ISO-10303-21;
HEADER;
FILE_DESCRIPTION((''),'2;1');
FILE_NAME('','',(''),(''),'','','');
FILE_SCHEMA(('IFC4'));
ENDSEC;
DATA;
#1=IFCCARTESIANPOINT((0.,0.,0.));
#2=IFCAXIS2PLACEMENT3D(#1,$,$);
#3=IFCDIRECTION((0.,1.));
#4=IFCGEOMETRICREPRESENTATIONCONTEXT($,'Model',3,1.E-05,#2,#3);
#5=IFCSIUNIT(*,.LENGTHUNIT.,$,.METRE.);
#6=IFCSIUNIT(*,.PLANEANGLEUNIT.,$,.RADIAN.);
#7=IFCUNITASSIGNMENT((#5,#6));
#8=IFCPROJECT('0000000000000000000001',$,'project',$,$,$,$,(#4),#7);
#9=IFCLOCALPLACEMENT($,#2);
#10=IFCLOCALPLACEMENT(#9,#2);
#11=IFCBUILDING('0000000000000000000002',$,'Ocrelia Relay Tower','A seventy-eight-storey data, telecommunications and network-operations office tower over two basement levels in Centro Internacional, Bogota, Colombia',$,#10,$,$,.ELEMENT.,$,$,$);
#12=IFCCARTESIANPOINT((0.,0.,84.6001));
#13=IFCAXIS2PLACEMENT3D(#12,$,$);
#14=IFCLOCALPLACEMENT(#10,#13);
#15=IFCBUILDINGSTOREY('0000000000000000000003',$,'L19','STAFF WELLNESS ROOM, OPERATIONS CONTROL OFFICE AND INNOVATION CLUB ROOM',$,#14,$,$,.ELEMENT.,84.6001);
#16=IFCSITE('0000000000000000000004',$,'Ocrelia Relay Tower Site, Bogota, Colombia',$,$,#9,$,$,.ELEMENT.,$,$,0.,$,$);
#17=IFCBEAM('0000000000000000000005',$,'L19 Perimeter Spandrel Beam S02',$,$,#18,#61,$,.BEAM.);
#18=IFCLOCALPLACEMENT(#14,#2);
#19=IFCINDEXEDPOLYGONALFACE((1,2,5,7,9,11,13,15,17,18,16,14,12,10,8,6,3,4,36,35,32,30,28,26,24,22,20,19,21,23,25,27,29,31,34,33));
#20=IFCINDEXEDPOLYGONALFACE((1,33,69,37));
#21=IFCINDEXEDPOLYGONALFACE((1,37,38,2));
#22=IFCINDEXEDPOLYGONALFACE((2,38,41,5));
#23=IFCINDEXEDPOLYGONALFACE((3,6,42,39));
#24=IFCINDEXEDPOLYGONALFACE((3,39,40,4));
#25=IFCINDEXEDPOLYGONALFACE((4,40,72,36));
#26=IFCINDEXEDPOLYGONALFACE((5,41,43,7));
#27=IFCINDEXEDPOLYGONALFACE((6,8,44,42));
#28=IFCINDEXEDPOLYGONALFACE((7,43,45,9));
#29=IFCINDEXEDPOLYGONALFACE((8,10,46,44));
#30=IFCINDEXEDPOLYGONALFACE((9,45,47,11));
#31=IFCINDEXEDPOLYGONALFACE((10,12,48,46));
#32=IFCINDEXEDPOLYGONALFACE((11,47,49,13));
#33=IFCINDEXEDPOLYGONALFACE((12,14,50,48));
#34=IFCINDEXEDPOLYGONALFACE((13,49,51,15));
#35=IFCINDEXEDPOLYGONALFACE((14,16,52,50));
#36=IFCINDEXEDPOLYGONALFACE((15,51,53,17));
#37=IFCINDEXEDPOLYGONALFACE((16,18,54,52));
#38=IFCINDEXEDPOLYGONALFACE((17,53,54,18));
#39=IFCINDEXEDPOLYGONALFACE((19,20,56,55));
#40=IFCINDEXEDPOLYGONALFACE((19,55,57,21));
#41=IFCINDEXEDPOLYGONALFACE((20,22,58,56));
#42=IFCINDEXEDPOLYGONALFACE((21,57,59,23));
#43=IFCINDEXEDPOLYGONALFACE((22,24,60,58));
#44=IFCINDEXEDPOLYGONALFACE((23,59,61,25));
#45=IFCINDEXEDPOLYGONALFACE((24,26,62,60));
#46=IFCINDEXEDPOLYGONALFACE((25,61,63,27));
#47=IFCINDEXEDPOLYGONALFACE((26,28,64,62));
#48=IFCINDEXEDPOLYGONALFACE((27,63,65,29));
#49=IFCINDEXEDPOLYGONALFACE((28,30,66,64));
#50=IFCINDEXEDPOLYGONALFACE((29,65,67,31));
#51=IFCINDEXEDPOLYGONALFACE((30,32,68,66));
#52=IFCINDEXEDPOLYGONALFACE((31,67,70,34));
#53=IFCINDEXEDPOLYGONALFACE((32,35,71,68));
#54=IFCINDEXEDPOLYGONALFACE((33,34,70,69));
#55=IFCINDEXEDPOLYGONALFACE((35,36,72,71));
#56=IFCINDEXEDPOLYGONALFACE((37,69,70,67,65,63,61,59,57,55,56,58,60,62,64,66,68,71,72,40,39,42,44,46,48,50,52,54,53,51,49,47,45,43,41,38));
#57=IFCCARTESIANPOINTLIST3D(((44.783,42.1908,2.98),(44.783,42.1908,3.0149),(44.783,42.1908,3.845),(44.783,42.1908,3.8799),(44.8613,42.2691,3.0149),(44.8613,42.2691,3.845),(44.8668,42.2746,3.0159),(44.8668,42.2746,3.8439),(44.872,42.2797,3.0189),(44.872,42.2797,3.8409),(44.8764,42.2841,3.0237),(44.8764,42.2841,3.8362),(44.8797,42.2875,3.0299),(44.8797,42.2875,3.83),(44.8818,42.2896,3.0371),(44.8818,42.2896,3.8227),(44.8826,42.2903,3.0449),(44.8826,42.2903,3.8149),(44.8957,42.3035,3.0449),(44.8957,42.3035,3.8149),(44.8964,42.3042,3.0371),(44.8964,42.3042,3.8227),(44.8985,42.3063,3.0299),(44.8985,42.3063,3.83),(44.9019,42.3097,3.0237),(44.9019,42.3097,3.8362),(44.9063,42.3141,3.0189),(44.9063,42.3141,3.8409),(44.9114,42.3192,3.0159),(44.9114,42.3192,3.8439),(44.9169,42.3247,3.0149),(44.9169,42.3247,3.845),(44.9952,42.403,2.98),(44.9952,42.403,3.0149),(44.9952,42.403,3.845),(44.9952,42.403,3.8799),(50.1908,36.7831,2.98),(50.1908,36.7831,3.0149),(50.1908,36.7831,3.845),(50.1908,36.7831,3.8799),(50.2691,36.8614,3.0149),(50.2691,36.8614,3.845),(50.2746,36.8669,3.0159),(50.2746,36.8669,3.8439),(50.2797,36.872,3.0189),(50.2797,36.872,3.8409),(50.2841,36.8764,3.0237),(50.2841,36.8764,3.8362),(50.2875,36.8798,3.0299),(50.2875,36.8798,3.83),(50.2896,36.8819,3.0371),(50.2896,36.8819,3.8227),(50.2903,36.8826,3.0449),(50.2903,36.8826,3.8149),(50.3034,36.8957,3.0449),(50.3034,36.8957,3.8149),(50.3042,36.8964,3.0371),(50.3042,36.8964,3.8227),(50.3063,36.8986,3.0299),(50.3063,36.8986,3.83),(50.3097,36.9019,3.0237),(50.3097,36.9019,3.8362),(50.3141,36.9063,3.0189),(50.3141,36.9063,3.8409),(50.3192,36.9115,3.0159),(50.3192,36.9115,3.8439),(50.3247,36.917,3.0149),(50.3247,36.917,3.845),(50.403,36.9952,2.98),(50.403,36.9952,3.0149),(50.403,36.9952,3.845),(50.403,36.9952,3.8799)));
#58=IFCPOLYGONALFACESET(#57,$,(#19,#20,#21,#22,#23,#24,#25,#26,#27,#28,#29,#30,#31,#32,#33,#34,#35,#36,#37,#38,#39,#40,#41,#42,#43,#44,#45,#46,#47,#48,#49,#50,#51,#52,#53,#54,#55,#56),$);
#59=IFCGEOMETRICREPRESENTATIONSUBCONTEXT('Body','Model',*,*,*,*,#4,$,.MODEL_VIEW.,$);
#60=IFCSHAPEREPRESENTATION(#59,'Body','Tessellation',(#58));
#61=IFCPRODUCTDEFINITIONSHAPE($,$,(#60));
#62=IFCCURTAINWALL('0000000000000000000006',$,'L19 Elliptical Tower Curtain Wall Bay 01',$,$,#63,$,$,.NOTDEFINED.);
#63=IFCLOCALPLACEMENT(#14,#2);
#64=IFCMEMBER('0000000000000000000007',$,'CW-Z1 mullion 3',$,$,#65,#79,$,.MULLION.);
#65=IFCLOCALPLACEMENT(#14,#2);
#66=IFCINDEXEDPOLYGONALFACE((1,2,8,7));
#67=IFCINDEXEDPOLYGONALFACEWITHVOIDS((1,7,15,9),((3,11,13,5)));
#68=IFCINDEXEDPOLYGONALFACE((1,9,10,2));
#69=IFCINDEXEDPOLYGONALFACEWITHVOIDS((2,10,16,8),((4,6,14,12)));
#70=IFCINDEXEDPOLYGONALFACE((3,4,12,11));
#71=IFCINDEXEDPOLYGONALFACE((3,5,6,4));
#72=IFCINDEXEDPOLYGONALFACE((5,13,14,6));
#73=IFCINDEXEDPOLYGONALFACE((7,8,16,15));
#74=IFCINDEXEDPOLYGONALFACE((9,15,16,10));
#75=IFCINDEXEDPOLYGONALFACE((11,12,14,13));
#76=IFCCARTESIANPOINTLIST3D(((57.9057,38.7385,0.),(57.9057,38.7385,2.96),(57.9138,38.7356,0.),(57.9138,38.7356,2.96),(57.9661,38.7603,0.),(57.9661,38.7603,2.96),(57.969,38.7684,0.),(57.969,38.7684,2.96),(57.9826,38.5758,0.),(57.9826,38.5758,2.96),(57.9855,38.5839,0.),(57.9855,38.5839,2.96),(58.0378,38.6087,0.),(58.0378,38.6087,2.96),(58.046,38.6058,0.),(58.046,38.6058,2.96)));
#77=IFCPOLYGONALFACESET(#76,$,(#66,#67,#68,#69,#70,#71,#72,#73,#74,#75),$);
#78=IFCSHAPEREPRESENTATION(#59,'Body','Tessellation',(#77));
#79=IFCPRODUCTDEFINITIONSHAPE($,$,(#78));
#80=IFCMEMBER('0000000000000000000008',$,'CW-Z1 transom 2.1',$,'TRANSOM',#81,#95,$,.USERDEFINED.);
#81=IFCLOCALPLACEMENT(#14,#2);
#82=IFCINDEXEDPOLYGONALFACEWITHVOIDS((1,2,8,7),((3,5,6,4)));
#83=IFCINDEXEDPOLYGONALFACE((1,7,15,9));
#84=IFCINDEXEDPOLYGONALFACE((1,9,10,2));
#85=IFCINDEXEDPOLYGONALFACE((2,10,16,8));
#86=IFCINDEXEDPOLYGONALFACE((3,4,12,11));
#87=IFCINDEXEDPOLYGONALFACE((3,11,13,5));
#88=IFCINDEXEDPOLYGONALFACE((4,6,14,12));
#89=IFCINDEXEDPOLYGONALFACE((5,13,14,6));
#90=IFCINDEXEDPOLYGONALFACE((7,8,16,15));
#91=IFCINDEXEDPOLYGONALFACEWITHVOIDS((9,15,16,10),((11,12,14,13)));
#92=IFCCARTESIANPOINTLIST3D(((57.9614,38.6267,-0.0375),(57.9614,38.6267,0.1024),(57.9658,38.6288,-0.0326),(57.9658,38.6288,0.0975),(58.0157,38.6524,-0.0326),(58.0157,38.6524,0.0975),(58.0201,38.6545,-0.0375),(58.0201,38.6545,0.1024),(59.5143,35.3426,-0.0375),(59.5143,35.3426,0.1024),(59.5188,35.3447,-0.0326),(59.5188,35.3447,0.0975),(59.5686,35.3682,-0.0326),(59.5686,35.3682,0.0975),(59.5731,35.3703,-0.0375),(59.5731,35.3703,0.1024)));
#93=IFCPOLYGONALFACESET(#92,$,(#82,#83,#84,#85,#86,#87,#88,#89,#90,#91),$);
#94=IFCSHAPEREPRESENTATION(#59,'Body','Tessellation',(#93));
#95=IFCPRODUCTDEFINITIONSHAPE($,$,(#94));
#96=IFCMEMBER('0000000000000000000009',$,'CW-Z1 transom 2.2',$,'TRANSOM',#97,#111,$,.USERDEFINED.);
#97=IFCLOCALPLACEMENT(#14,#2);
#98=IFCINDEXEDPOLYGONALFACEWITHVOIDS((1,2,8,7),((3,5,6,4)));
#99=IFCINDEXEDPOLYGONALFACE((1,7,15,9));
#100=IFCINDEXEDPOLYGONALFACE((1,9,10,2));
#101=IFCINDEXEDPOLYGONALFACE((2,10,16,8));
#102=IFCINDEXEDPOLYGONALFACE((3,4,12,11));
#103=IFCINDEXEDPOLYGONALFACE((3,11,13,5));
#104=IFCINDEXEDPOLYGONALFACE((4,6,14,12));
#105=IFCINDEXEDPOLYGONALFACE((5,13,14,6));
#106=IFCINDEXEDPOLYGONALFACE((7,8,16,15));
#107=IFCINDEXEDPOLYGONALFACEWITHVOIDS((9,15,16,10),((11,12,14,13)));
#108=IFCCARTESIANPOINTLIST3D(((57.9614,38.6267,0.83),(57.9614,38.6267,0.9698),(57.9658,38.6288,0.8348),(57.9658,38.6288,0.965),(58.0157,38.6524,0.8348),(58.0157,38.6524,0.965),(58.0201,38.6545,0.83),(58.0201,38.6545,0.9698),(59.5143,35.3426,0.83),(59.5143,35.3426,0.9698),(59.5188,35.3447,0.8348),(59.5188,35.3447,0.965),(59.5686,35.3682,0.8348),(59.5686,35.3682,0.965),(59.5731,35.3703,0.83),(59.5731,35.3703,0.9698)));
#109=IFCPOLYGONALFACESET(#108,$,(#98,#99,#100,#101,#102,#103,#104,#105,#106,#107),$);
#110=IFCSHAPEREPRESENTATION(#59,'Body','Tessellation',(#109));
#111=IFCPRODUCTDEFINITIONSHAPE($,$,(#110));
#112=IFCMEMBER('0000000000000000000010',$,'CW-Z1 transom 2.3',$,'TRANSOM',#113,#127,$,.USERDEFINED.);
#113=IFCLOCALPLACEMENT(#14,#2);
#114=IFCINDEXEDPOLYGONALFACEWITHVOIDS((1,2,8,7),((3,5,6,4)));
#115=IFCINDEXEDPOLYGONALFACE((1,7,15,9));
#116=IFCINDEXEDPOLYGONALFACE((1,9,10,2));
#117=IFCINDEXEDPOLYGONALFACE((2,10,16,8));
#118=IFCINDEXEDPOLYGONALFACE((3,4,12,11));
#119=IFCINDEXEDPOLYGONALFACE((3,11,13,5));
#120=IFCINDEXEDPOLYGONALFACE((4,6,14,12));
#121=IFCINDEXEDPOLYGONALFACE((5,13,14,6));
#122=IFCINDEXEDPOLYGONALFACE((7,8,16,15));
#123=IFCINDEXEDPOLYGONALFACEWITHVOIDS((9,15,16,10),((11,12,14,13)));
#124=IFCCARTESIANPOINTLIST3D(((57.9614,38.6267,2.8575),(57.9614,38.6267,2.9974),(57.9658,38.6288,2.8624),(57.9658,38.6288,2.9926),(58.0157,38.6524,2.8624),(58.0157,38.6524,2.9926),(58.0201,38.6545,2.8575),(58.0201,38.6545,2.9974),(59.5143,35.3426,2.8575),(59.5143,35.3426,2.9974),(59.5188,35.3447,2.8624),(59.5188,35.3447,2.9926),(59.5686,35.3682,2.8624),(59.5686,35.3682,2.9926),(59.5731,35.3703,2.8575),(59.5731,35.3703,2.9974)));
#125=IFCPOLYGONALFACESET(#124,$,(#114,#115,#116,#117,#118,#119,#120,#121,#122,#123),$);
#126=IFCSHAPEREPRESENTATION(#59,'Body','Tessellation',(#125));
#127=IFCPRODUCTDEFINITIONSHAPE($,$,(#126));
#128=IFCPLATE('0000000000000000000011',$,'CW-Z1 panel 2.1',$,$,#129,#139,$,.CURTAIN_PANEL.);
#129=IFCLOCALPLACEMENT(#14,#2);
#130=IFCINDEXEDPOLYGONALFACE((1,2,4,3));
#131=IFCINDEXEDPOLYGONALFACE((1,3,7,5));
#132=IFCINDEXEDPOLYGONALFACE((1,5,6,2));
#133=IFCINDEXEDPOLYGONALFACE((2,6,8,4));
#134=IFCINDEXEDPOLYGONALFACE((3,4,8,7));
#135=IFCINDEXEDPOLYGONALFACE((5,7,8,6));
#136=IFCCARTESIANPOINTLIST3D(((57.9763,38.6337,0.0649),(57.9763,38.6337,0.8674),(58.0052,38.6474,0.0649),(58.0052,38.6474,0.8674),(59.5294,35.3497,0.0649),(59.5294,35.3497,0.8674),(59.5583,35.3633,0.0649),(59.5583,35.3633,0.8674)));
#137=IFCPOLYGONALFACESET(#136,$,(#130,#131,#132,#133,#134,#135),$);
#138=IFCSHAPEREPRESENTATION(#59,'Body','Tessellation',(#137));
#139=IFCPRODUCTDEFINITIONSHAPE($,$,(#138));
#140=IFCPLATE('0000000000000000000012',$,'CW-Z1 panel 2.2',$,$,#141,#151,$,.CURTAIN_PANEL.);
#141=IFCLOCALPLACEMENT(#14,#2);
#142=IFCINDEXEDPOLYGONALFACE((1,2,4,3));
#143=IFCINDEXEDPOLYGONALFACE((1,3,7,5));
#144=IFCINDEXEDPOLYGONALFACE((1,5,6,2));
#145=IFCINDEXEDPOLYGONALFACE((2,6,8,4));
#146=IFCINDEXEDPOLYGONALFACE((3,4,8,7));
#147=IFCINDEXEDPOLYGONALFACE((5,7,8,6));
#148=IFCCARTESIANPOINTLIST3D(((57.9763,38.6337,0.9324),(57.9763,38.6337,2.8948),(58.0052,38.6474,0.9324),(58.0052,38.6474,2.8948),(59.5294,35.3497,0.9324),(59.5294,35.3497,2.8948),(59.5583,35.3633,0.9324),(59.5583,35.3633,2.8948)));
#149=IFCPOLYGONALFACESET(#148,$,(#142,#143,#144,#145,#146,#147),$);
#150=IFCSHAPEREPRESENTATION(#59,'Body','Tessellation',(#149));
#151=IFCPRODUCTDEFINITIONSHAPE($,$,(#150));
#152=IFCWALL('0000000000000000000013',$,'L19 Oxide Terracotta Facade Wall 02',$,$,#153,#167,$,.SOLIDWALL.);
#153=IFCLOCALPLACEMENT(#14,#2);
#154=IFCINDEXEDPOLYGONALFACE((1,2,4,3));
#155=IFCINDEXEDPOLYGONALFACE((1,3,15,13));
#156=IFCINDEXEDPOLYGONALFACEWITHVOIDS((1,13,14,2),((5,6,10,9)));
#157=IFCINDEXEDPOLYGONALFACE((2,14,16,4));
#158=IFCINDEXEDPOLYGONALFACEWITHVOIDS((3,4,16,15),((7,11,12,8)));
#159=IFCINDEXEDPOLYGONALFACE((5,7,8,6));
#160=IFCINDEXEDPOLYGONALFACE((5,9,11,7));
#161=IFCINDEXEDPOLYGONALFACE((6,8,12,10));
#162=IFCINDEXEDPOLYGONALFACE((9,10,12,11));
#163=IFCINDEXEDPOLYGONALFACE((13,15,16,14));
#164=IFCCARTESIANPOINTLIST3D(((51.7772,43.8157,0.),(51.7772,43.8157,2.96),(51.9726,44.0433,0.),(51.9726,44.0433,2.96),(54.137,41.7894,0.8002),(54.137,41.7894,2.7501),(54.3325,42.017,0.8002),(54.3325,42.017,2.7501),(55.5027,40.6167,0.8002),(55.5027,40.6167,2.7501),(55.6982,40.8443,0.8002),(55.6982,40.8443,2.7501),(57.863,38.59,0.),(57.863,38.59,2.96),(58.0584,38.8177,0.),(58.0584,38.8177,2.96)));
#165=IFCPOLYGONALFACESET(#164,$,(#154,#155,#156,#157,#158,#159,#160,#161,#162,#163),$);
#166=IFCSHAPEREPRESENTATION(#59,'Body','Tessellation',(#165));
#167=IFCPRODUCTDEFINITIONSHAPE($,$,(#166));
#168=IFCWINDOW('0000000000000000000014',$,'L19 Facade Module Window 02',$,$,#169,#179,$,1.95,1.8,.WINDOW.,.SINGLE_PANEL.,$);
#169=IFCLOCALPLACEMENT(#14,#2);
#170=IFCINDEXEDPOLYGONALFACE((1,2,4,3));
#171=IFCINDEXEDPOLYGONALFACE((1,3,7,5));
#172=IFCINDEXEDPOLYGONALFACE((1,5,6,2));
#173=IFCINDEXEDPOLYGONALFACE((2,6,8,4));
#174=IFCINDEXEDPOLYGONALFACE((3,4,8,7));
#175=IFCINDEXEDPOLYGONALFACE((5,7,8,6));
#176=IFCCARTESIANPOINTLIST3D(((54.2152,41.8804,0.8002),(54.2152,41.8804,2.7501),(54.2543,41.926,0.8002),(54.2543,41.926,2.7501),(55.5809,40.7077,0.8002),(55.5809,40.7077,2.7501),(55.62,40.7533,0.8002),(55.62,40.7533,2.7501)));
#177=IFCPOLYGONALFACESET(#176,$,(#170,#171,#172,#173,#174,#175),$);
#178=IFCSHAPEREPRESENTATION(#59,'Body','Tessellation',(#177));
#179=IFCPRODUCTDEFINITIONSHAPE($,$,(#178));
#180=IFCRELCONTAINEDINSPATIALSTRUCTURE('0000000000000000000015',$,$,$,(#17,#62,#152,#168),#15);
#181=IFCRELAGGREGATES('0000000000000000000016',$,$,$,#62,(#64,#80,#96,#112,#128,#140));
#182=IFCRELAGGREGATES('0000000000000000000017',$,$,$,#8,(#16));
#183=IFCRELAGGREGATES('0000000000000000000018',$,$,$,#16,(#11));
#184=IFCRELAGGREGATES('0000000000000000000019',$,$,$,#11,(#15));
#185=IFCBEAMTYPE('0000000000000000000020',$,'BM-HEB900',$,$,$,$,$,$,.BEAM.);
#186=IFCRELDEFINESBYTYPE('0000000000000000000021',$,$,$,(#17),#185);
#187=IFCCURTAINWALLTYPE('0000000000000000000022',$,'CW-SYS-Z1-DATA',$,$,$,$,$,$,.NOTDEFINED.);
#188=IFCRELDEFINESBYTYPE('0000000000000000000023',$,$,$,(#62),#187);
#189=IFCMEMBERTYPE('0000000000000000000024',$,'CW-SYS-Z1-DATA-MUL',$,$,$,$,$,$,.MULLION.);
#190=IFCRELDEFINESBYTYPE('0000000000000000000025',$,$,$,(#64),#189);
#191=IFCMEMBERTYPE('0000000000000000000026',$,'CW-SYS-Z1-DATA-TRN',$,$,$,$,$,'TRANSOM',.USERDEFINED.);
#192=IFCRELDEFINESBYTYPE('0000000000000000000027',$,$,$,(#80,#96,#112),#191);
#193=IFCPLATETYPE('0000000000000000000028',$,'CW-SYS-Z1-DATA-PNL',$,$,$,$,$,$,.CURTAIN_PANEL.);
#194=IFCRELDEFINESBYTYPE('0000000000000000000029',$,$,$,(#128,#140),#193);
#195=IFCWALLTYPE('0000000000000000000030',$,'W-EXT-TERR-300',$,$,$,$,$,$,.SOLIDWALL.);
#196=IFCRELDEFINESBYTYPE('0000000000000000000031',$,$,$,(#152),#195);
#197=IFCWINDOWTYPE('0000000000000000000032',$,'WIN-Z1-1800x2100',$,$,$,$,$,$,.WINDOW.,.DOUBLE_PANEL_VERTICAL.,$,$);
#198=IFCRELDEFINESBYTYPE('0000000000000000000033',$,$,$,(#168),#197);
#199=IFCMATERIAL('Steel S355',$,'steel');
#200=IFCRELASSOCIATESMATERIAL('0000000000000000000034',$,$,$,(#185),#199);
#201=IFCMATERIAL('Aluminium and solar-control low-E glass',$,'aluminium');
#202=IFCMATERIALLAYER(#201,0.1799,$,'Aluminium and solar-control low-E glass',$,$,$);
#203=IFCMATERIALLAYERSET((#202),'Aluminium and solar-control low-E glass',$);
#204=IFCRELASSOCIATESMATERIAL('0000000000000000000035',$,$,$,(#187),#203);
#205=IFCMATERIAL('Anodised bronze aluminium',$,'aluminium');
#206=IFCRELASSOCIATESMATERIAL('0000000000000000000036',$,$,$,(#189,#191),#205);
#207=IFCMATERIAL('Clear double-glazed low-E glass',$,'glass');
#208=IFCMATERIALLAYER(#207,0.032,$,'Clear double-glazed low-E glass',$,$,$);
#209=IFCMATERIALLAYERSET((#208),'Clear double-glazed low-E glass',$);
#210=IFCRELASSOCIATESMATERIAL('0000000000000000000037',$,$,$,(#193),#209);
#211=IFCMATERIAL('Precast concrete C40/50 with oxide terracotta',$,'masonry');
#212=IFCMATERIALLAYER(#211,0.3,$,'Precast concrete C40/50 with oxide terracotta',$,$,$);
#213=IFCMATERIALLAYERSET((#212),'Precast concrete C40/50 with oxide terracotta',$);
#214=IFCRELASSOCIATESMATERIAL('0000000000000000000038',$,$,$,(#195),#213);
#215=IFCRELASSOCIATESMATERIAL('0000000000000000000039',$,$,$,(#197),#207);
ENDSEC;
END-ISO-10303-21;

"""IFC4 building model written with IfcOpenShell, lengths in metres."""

from ifc_helpers import new_model, si_unit, direction, frame, frame_2d, origin, origin_2d, place, context, subcontext, project, spatial, rectangle, hollow_rectangle, i_section, extrude, material, layer, layer_set, material_profile, profile_set, type_object, element, fill, aggregate, save


model = new_model("IFC4")

# Units and contexts
model_context = context("Model", 3, precision=1e-05, world=origin(), true_north=direction((0.0, 1.0)))
body_context = subcontext(model_context, "Body", "Model", "MODEL_VIEW")
ifc_project = project(units=[si_unit("LENGTHUNIT", "METRE"), si_unit("PLANEANGLEUNIT", "RADIAN")], contexts=[model_context])

# Site, building, storey
site_placement = place(None, origin())
site = spatial("IfcSite", under=ifc_project, at=site_placement, Name="Ocrelia Relay Tower Site, Bogota, Colombia", CompositionType="ELEMENT", RefElevation=0.0)
building_placement = place(site_placement, origin())
building = spatial("IfcBuilding", under=site, at=building_placement, Name="Ocrelia Relay Tower", Description="A seventy-eight-storey data, telecommunications and network-operations office tower over two basement levels in Centro Internacional, Bogota, Colombia", CompositionType="ELEMENT")
storey_placement = place(building_placement, frame((0.0, 0.0, 84.6001)))
storey = spatial("IfcBuildingStorey", under=building, at=storey_placement, Name="L19", Description="STAFF WELLNESS ROOM, OPERATIONS CONTROL OFFICE AND INNOVATION CLUB ROOM", CompositionType="ELEMENT", Elevation=84.6001)

# Beam
ifc_material_1 = material(Name="Steel S355", Category="steel")
ifc_material_profile_1 = material_profile(ifc_material_1, i_section(OverallWidth=0.3, OverallDepth=0.8999, WebThickness=0.0186, FlangeThickness=0.0349, FilletRadius=0.03, at=origin_2d()), Name="HEB 900")
ifc_profile_set_1 = profile_set([ifc_material_profile_1], Name="Steel S355")
beam_type_1 = type_object("IfcBeamType", Name="BM-HEB900", PredefinedType="BEAM", material=ifc_profile_set_1)
beam_1_placement = place(storey_placement, frame((50.2969, 36.8892, 3.4299), z_axis=(-0.707107, 0.707107, 0.0), x_axis=(-0.707107, -0.707107, 0.0)))
element("IfcBeam", 1, at=beam_1_placement, inside=storey, type_object=beam_type_1, Name="L19 Perimeter Spandrel Beam S02", PredefinedType="BEAM", context=body_context, shape_type="SweptSolid", body=[
    extrude(i_section(OverallWidth=0.3, OverallDepth=0.8999, WebThickness=0.0186, FlangeThickness=0.0349, FilletRadius=0.03, at=origin_2d()), origin(), (0.0, 0.0, 1.0), 7.6477),
])

# Curtain wall, members, plates
ifc_material_2 = material(Name="Aluminium and solar-control low-E glass", Category="aluminium")
ifc_layer_1 = layer(ifc_material_2, 0.1799, Name="Aluminium and solar-control low-E glass")
ifc_layer_set_1 = layer_set([ifc_layer_1], Name="Aluminium and solar-control low-E glass")
curtain_wall_type = type_object("IfcCurtainWallType", Name="CW-SYS-Z1-DATA", PredefinedType="NOTDEFINED", material=ifc_layer_set_1)
curtain_wall_placement = place(storey_placement, origin())
curtain_wall = element("IfcCurtainWall", 2, at=curtain_wall_placement, inside=storey, type_object=curtain_wall_type, Name="L19 Elliptical Tower Curtain Wall Bay 01", PredefinedType="NOTDEFINED")
ifc_material_3 = material(Name="Anodised bronze aluminium", Category="aluminium")
ifc_material_profile_2 = material_profile(ifc_material_3, hollow_rectangle(XDim=0.0701, YDim=0.1799, WallThickness=0.0061, at=origin_2d()), Name="CW-MUL-180x70")
ifc_profile_set_2 = profile_set([ifc_material_profile_2], Name="Anodised bronze aluminium")
member_type_1 = type_object("IfcMemberType", Name="CW-SYS-Z1-DATA-MUL", PredefinedType="MULLION", material=ifc_profile_set_2)
member_1_placement = place(storey_placement, frame((57.9758, 38.6721, 0.0), z_axis=(0.0, 0.0, 1.0), x_axis=(-0.904007, -0.427517, 0.0)))
member_1 = element("IfcMember", 3, at=member_1_placement, type_object=member_type_1, Name="CW-Z1 mullion 3", PredefinedType="MULLION", context=body_context, shape_type="SweptSolid", body=[
    extrude(hollow_rectangle(XDim=0.0701, YDim=0.1799, WallThickness=0.0061, at=origin_2d()), origin(), (0.0, 0.0, 1.0), 2.96),
])
ifc_material_profile_3 = material_profile(ifc_material_3, hollow_rectangle(XDim=0.0649, YDim=0.1399, WallThickness=0.0049, at=origin_2d()), Name="CW-TRN-140x65")
ifc_profile_set_3 = profile_set([ifc_material_profile_3], Name="Anodised bronze aluminium")
member_type_2 = type_object("IfcMemberType", Name="CW-SYS-Z1-DATA-TRN", ElementType="TRANSOM", PredefinedType="USERDEFINED", material=ifc_profile_set_3)
member_2_placement = place(storey_placement, frame((59.5437, 35.3564, 0.0325), z_axis=(-0.427482, 0.904024, 0.0), x_axis=(-0.904024, -0.427482, 0.0)))
member_2 = element("IfcMember", 4, at=member_2_placement, type_object=member_type_2, Name="CW-Z1 transom 2.1", ObjectType="TRANSOM", PredefinedType="USERDEFINED", context=body_context, shape_type="SweptSolid", body=[
    extrude(hollow_rectangle(XDim=0.0649, YDim=0.1399, WallThickness=0.0049, at=origin_2d()), origin(), (0.0, 0.0, 1.0), 3.6328),
])
member_3_placement = place(storey_placement, frame((59.5437, 35.3564, 0.8999), z_axis=(-0.427482, 0.904024, 0.0), x_axis=(-0.904024, -0.427482, 0.0)))
member_3 = element("IfcMember", 5, at=member_3_placement, type_object=member_type_2, Name="CW-Z1 transom 2.2", ObjectType="TRANSOM", PredefinedType="USERDEFINED", context=body_context, shape_type="SweptSolid", body=[
    extrude(hollow_rectangle(XDim=0.0649, YDim=0.1399, WallThickness=0.0049, at=origin_2d()), origin(), (0.0, 0.0, 1.0), 3.6328),
])
member_4_placement = place(storey_placement, frame((59.5437, 35.3564, 2.9275), z_axis=(-0.427482, 0.904024, 0.0), x_axis=(-0.904024, -0.427482, 0.0)))
member_4 = element("IfcMember", 6, at=member_4_placement, type_object=member_type_2, Name="CW-Z1 transom 2.3", ObjectType="TRANSOM", PredefinedType="USERDEFINED", context=body_context, shape_type="SweptSolid", body=[
    extrude(hollow_rectangle(XDim=0.0649, YDim=0.1399, WallThickness=0.0049, at=origin_2d()), origin(), (0.0, 0.0, 1.0), 3.6328),
])
ifc_material_4 = material(Name="Clear double-glazed low-E glass", Category="glass")
ifc_layer_2 = layer(ifc_material_4, 0.032, Name="Clear double-glazed low-E glass")
ifc_layer_set_2 = layer_set([ifc_layer_2], Name="Clear double-glazed low-E glass")
plate_type = type_object("IfcPlateType", Name="CW-SYS-Z1-DATA-PNL", PredefinedType="CURTAIN_PANEL", material=ifc_layer_set_2)
plate_1_placement = place(storey_placement, frame((58.7673, 36.9985, 0.0649), z_axis=(0.0, 0.0, 1.0), x_axis=(-0.427517, 0.904007, 0.0)))
plate_1 = element("IfcPlate", 7, at=plate_1_placement, type_object=plate_type, Name="CW-Z1 panel 2.1", PredefinedType="CURTAIN_PANEL", context=body_context, shape_type="SweptSolid", body=[
    extrude(rectangle(XDim=3.6328, YDim=0.032, at=origin_2d()), origin(), (0.0, 0.0, 1.0), 0.8025),
])
plate_2_placement = place(storey_placement, frame((58.7673, 36.9985, 0.9324), z_axis=(0.0, 0.0, 1.0), x_axis=(-0.427517, 0.904007, 0.0)))
plate_2 = element("IfcPlate", 8, at=plate_2_placement, type_object=plate_type, Name="CW-Z1 panel 2.2", PredefinedType="CURTAIN_PANEL", context=body_context, shape_type="SweptSolid", body=[
    extrude(rectangle(XDim=3.6328, YDim=0.032, at=origin_2d()), origin(), (0.0, 0.0, 1.0), 1.9624),
])
aggregate(curtain_wall, [member_1, member_2, member_3, member_4, plate_1, plate_2])

# Wall, opening, window
ifc_material_5 = material(Name="Precast concrete C40/50 with oxide terracotta", Category="masonry")
ifc_layer_3 = layer(ifc_material_5, 0.3, Name="Precast concrete C40/50 with oxide terracotta")
ifc_layer_set_3 = layer_set([ifc_layer_3], Name="Precast concrete C40/50 with oxide terracotta")
wall_type = type_object("IfcWallType", Name="W-EXT-TERR-300", PredefinedType="SOLIDWALL", material=ifc_layer_set_3)
wall_1_placement = place(storey_placement, frame((57.9607, 38.7039, 0.0), z_axis=(0.0, 0.0, 1.0), x_axis=(-0.758685, 0.651458, 0.0)))
wall_1 = element("IfcWall", 9, at=wall_1_placement, inside=storey, type_object=wall_type, Name="L19 Oxide Terracotta Facade Wall 02", PredefinedType="SOLIDWALL", context=body_context, shape_type="SweptSolid", body=[
    extrude(rectangle(XDim=8.0215, YDim=0.3, at=frame_2d((4.0107, 0.0))), origin(), (0.0, 0.0, 1.0), 2.96),
])
opening_1_placement = place(wall_1_placement, frame((3.1111, 0.0, 0.8)))
opening_1 = element("IfcOpeningElement", 10, at=opening_1_placement, cuts=wall_1, PredefinedType="OPENING", context=body_context, shape_type="SweptSolid", body=[
    extrude(rectangle(XDim=1.8, YDim=1.95, at=frame_2d((0.8999, 0.9751))), frame((0.0, 0.1602, 0.0), z_axis=(0.0, -1.0, 0.0), x_axis=(1.0, 0.0, 0.0)), (0.0, 0.0, 1.0), 0.3201),
])
window_type = type_object("IfcWindowType", Name="WIN-Z1-1800x2100", PartitioningType="DOUBLE_PANEL_VERTICAL", PredefinedType="WINDOW", material=ifc_material_4)
window_1_placement = place(opening_1_placement, origin())
window_1 = element("IfcWindow", 11, at=window_1_placement, inside=storey, type_object=window_type, Name="L19 Facade Module Window 02", OverallHeight=1.95, OverallWidth=1.8, PartitioningType="SINGLE_PANEL", PredefinedType="WINDOW", context=body_context, shape_type="SweptSolid", body=[
    extrude(rectangle(XDim=1.8, YDim=1.95, at=frame_2d((0.8999, 0.9751))), frame((0.0, 0.03, 0.0), z_axis=(0.0, -1.0, 0.0), x_axis=(1.0, 0.0, 0.0)), (0.0, 0.0, 1.0), 0.0601),
])
fill(opening_1, window_1)

save(model, "model.ifc")
